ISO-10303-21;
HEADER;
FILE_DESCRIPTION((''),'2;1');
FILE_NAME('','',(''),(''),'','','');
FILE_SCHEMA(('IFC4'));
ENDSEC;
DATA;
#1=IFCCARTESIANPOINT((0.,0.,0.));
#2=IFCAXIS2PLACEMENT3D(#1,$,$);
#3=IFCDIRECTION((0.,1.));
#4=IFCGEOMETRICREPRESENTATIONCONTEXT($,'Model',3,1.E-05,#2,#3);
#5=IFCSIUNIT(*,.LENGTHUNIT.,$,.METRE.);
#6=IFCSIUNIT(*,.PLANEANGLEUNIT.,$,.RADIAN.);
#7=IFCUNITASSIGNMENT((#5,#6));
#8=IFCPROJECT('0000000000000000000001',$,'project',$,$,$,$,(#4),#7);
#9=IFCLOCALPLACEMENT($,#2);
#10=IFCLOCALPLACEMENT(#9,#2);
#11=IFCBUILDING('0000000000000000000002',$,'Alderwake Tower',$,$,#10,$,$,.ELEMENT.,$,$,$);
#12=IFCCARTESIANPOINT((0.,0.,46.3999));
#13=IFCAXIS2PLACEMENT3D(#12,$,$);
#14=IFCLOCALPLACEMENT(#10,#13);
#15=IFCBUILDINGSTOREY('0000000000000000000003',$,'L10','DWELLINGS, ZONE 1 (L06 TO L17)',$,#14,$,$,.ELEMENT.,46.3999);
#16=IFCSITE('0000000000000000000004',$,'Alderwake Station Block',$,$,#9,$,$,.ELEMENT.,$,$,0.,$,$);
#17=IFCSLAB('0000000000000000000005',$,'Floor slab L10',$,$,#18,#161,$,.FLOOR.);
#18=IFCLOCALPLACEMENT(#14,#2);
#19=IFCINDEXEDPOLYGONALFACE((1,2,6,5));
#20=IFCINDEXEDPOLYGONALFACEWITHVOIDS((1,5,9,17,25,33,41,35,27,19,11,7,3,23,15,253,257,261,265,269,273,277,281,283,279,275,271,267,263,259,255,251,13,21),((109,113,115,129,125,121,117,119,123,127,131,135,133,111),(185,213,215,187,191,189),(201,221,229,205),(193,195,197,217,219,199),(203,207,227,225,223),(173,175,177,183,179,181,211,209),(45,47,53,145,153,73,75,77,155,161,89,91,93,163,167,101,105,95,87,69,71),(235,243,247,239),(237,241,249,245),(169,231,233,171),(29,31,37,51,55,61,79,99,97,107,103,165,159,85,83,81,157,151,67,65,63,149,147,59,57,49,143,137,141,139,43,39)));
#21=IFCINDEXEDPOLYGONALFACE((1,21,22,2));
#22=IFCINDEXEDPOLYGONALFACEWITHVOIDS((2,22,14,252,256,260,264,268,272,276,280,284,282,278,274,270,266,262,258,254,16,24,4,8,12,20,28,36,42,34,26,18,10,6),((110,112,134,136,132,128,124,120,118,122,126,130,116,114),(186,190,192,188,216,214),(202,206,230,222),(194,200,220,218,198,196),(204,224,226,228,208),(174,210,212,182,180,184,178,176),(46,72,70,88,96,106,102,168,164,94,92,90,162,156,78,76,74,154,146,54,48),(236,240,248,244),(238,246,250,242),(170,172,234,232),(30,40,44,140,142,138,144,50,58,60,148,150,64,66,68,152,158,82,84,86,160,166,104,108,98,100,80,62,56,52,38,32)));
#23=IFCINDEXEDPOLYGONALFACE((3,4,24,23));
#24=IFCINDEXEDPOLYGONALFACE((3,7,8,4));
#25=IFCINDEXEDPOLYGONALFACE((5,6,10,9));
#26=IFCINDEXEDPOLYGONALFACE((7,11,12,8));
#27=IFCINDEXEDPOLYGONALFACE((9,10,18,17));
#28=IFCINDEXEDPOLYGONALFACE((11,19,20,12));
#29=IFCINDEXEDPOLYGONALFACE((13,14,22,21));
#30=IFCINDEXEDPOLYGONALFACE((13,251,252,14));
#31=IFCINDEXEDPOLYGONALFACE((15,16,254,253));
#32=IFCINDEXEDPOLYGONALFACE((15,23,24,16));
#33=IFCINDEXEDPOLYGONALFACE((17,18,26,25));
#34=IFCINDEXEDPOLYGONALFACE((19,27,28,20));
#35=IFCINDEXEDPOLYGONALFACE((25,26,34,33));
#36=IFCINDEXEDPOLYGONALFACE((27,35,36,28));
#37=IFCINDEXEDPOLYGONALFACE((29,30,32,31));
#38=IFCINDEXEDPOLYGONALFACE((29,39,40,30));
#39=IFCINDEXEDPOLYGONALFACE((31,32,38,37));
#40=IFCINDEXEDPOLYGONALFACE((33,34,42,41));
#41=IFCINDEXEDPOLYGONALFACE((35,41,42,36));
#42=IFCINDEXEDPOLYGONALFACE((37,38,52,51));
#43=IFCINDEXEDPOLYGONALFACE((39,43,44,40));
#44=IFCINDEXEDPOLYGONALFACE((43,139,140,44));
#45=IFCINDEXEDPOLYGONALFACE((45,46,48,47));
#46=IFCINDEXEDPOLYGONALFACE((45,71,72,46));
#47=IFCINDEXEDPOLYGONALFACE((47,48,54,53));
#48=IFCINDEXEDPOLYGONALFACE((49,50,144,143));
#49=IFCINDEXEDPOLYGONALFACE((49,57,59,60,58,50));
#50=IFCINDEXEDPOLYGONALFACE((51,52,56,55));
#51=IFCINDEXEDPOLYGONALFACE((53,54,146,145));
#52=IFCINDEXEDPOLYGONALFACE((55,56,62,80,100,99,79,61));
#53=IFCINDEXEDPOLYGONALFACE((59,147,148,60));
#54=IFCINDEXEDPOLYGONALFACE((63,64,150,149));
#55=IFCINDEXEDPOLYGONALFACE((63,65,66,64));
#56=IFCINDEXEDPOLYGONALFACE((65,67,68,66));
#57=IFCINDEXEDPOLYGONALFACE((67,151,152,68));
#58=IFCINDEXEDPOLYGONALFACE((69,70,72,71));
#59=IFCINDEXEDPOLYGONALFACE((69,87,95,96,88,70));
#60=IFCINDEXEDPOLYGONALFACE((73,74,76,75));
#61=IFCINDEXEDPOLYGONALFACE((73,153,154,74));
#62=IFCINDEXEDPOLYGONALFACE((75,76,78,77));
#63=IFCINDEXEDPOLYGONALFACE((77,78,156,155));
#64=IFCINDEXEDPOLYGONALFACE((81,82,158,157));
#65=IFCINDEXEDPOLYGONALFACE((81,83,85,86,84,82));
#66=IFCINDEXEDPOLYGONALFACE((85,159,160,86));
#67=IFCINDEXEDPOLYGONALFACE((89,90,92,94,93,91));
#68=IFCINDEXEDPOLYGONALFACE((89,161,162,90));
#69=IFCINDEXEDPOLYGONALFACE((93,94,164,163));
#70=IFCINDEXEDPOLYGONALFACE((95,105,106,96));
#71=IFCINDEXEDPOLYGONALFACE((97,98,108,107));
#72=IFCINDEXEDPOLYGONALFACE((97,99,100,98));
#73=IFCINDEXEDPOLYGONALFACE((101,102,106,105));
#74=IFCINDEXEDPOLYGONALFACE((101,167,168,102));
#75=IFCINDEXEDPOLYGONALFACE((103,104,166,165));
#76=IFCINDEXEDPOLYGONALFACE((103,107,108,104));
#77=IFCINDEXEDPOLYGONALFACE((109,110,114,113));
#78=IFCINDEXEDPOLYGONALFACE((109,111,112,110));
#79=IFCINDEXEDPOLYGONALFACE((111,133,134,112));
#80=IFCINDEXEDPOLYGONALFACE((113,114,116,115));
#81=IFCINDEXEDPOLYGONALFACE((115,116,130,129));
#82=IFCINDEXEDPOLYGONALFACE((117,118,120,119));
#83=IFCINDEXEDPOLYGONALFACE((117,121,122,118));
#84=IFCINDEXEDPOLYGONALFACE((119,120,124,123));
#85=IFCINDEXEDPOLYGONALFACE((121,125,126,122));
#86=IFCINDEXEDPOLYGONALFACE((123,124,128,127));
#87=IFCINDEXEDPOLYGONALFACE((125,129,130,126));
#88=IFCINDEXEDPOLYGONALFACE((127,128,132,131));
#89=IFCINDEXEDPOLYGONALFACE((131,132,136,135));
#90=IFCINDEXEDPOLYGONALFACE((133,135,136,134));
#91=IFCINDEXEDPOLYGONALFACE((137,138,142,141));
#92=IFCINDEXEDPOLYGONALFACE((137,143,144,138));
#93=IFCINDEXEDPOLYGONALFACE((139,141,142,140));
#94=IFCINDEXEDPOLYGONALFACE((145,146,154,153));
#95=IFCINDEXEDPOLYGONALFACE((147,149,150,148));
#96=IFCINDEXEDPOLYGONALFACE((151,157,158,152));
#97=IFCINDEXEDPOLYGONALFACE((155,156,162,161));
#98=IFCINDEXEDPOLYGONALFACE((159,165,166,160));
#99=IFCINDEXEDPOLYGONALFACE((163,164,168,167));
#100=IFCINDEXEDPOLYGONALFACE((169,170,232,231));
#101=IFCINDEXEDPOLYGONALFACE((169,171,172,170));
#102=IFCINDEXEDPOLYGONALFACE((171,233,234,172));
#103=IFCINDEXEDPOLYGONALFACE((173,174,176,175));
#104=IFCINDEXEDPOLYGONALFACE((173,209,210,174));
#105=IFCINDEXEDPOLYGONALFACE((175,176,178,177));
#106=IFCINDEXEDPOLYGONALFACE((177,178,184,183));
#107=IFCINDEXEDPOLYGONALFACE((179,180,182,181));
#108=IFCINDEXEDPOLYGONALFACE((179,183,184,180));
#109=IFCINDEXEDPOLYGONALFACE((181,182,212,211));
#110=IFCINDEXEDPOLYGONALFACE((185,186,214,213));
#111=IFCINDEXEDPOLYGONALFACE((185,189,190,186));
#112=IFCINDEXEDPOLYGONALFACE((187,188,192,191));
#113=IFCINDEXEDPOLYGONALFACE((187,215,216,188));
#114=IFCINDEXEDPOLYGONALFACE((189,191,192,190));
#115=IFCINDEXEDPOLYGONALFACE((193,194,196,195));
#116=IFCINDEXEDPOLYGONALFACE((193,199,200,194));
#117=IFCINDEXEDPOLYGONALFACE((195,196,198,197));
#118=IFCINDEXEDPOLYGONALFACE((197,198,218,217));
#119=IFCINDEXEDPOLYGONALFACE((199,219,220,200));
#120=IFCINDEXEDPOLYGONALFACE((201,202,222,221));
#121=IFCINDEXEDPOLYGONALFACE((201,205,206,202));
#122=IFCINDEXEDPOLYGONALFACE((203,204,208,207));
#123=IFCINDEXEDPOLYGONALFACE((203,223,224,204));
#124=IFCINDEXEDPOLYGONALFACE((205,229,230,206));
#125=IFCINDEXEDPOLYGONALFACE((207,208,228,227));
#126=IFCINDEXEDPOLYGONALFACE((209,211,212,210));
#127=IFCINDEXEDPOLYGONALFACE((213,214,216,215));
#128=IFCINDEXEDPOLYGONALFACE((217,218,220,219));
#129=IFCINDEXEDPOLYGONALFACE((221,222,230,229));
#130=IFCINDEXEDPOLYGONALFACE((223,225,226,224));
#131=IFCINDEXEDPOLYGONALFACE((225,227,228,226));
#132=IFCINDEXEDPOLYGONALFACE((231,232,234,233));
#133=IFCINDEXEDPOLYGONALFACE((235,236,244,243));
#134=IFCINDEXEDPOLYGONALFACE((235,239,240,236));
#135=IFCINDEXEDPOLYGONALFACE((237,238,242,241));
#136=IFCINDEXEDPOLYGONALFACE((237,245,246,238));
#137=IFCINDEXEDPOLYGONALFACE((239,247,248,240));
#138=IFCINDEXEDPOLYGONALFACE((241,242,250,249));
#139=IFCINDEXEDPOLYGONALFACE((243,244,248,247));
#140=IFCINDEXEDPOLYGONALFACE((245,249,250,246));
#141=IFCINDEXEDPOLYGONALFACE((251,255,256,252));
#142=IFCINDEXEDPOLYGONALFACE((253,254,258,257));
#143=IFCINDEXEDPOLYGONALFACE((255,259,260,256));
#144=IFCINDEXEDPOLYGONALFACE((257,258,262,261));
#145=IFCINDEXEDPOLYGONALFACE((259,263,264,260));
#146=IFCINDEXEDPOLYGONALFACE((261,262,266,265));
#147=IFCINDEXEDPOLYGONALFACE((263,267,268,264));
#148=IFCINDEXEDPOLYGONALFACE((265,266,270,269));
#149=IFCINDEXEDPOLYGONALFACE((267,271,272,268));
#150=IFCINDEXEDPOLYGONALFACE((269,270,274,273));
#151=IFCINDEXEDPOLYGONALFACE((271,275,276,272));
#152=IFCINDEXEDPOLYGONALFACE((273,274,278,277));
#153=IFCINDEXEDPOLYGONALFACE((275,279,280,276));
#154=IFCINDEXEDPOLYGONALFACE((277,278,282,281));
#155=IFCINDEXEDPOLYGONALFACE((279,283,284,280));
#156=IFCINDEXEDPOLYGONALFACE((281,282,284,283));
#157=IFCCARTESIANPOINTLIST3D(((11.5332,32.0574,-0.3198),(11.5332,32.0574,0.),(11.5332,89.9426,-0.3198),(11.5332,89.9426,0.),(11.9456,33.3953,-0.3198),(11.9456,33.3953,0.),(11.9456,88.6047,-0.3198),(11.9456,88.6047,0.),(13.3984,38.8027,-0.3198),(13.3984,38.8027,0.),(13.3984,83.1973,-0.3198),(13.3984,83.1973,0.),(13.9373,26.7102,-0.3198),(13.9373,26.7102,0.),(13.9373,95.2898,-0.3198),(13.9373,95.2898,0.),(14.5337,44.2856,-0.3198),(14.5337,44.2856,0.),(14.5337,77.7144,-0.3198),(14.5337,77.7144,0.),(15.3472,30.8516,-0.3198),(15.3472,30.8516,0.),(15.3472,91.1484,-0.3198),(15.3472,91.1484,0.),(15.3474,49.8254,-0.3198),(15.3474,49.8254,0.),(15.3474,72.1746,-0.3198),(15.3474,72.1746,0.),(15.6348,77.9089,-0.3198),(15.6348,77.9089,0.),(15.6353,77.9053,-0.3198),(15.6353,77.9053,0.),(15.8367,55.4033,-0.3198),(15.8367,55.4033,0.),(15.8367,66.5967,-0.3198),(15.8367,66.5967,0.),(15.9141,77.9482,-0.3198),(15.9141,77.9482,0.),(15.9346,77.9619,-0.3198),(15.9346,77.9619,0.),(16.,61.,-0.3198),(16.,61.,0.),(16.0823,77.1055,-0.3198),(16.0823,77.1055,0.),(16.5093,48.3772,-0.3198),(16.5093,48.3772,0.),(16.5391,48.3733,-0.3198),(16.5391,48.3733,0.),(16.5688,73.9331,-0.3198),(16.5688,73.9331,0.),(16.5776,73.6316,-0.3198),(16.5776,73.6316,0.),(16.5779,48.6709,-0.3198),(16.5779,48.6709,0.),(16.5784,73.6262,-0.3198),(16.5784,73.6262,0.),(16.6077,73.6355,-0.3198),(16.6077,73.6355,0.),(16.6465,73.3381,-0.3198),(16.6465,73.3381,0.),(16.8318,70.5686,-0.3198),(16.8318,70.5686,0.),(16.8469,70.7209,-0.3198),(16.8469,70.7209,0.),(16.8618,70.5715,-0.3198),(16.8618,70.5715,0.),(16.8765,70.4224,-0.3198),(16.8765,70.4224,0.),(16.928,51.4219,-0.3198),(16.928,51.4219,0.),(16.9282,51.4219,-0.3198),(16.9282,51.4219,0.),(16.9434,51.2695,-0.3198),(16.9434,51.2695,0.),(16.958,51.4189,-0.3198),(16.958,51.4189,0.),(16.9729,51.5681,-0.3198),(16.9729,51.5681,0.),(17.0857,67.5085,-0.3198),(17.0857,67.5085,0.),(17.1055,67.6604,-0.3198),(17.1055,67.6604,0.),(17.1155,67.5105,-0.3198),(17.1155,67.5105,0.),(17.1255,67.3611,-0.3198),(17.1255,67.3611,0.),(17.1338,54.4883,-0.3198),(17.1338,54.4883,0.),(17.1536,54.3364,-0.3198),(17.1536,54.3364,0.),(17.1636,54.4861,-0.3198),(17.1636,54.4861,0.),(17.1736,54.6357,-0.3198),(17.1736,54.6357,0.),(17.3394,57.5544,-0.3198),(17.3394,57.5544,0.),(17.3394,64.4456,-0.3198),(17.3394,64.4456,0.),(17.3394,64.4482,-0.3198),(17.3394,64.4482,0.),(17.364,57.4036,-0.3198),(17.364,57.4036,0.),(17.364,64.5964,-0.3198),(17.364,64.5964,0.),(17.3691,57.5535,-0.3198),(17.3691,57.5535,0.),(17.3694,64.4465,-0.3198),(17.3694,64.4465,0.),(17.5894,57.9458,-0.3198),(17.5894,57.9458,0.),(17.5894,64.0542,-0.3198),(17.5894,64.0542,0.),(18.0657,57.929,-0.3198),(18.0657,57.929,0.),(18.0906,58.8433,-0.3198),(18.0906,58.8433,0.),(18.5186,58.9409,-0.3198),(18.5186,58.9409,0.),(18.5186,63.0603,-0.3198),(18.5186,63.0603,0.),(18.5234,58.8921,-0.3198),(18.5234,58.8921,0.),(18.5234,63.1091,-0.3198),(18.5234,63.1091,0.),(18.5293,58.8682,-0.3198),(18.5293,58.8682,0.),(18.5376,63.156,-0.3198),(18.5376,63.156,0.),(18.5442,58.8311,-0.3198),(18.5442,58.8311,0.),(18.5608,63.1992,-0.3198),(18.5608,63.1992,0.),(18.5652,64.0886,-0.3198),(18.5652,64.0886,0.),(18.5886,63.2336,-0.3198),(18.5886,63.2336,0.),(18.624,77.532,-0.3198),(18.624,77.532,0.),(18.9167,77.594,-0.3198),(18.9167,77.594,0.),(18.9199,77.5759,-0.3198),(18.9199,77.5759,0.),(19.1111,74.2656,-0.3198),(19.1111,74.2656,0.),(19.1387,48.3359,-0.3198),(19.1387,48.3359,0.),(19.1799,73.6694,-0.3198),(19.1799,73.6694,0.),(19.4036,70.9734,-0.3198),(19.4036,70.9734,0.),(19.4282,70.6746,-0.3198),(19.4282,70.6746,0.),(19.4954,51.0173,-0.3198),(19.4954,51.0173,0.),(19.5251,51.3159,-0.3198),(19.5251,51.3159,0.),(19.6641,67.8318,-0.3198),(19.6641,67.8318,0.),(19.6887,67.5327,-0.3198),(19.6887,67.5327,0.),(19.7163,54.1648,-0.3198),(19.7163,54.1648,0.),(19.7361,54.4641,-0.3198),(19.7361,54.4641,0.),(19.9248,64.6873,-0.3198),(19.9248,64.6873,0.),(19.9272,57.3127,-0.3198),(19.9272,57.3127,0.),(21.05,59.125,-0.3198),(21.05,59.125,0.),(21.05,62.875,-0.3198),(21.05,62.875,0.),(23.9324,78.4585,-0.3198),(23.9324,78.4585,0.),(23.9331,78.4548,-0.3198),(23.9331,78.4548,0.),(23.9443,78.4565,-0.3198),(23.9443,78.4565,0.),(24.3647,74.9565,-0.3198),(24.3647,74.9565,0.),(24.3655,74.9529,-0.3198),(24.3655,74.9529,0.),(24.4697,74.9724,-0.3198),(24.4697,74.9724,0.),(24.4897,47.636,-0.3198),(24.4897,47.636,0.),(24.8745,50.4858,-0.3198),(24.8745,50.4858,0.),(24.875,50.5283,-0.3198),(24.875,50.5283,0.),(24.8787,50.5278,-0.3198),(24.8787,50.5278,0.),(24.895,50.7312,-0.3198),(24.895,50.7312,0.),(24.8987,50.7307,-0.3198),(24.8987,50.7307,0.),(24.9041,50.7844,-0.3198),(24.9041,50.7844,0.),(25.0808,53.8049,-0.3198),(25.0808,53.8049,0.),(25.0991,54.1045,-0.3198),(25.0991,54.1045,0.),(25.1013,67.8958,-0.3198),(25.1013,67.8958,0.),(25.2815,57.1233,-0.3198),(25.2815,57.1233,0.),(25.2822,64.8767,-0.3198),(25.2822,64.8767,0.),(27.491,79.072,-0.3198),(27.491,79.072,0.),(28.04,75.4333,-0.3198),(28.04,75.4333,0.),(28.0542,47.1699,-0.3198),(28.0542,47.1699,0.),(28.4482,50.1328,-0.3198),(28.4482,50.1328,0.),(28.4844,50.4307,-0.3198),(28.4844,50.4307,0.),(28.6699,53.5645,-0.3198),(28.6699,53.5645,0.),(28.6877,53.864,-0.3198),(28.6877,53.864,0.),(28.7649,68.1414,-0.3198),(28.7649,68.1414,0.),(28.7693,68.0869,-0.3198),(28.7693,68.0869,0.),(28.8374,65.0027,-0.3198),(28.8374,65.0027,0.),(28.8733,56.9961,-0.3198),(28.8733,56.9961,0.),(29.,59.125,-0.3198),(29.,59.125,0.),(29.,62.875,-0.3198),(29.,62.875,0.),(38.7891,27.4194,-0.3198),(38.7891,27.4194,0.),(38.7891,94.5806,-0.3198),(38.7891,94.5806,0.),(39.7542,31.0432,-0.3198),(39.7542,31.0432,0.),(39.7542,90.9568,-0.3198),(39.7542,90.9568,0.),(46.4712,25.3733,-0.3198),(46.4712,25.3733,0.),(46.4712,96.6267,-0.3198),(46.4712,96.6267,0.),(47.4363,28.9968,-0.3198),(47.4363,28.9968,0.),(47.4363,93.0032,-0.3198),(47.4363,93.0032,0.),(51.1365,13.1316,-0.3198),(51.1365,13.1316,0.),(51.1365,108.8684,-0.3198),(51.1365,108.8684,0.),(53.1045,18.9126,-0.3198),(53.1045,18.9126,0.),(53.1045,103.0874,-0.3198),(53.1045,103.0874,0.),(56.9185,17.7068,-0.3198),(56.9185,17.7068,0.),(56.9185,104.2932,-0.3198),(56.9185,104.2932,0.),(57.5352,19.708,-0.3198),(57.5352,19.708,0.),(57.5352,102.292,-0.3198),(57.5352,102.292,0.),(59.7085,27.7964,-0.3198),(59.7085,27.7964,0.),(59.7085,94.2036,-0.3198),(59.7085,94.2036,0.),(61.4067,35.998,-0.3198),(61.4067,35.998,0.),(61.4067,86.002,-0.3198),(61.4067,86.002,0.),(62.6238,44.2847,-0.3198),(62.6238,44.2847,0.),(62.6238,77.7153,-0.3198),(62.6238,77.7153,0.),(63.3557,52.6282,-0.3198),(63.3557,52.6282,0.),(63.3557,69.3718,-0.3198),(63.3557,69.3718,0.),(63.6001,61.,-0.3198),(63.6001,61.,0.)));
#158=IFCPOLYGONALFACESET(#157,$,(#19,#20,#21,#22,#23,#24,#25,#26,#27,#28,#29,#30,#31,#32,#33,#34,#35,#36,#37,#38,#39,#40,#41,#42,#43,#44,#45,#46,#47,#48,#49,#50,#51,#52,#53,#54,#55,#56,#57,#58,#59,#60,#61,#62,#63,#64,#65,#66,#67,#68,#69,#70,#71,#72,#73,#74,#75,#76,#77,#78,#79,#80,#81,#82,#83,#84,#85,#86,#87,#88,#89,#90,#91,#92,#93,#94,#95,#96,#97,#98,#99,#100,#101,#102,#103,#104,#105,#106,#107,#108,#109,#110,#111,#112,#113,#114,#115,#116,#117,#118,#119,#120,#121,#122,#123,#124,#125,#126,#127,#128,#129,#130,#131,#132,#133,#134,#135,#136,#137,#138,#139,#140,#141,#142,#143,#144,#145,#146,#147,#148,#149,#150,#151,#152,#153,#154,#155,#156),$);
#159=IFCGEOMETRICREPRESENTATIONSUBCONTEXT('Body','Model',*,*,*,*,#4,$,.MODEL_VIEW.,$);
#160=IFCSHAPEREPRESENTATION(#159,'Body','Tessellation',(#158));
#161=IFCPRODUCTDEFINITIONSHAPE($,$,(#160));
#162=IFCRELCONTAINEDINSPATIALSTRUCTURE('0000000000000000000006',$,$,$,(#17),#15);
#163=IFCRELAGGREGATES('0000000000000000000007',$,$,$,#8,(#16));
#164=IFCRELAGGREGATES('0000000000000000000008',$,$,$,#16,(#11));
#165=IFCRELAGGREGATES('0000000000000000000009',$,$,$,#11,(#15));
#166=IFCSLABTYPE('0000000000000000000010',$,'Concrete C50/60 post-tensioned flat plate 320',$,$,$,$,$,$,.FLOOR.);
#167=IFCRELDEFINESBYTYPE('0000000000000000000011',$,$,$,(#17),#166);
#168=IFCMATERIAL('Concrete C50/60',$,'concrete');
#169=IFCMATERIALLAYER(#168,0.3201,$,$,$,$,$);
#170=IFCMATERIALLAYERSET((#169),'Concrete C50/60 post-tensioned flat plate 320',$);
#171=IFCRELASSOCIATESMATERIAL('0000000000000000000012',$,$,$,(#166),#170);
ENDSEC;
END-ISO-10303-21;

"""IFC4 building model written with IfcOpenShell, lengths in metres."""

from ifc_helpers import new_model, si_unit, direction, frame, origin, place, context, subcontext, project, spatial, polyline, outline, extrude, material, layer, layer_set, type_object, element, save


model = new_model("IFC4")

# Units and contexts
model_context = context("Model", 3, precision=1e-05, world=origin(), true_north=direction((0.0, 1.0)))
body_context = subcontext(model_context, "Body", "Model", "MODEL_VIEW")
ifc_project = project(units=[si_unit("LENGTHUNIT", "METRE"), si_unit("PLANEANGLEUNIT", "RADIAN")], contexts=[model_context])

# Site, building, storey
site_placement = place(None, origin())
site = spatial("IfcSite", under=ifc_project, at=site_placement, Name="Alderwake Station Block", CompositionType="ELEMENT", RefElevation=0.0)
building_placement = place(site_placement, origin())
building = spatial("IfcBuilding", under=site, at=building_placement, Name="Alderwake Tower", CompositionType="ELEMENT")
storey_placement = place(building_placement, frame((0.0, 0.0, 46.3999)))
storey = spatial("IfcBuildingStorey", under=building, at=storey_placement, Name="L10", Description="DWELLINGS, ZONE 1 (L06 TO L17)", CompositionType="ELEMENT", Elevation=46.3999)

# Slab
ifc_material_1 = material(Name="Concrete C50/60", Category="concrete")
ifc_layer_1 = layer(ifc_material_1, 0.3201)
ifc_layer_set_1 = layer_set([ifc_layer_1], Name="Concrete C50/60 post-tensioned flat plate 320")
slab_type_1 = type_object("IfcSlabType", Name="Concrete C50/60 post-tensioned flat plate 320", PredefinedType="FLOOR", material=ifc_layer_set_1)
slab_1_placement = place(storey_placement, frame((0.0, 0.0, -0.3198)))
element("IfcSlab", 1, at=slab_1_placement, inside=storey, type_object=slab_type_1, Name="Floor slab L10", PredefinedType="FLOOR", context=body_context, shape_type="SweptSolid", body=[
    extrude(outline(polyline([(11.5332, 32.0574), (11.9456, 33.3953), (13.3984, 38.8027), (14.5337, 44.2856), (15.3474, 49.8254), (15.8367, 55.4033), (16.0, 61.0), (15.8367, 66.5967), (15.3474, 72.1746), (14.5337, 77.7144), (13.3984, 83.1973), (11.9456, 88.6047), (11.5332, 89.9426), (15.3472, 91.1484), (13.9373, 95.2898), (51.1365, 108.8684), (53.1045, 103.0874), (56.9185, 104.2932), (57.5352, 102.292), (59.7085, 94.2036), (61.4067, 86.002), (62.6238, 77.7153), (63.3557, 69.3718), (63.6001, 61.0), (63.3557, 52.6282), (62.6238, 44.2847), (61.4067, 35.998), (59.7085, 27.7964), (57.5352, 19.708), (56.9185, 17.7068), (53.1045, 18.9126), (51.1365, 13.1316), (13.9373, 26.7102), (15.3472, 30.8516), (11.5332, 32.0574)]), holes=[polyline([(16.9434, 51.2695), (16.958, 51.4189), (16.9729, 51.5681), (19.5251, 51.3159), (19.7163, 54.1648), (17.1536, 54.3364), (17.1636, 54.4861), (17.1736, 54.6357), (19.7361, 54.4641), (19.9272, 57.3127), (17.364, 57.4036), (17.3691, 57.5535), (17.3394, 57.5544), (17.1338, 54.4883), (16.928, 51.4219), (16.9282, 51.4219), (16.5093, 48.3772), (16.5391, 48.3733), (16.5779, 48.6709), (19.1387, 48.3359), (19.4954, 51.0173), (16.9434, 51.2695)]), polyline([(29.0, 62.875), (21.05, 62.875), (21.05, 59.125), (29.0, 59.125), (29.0, 62.875)]), polyline([(19.6887, 67.5327), (17.1255, 67.3611), (17.1155, 67.5105), (17.1055, 67.6604), (19.6641, 67.8318), (19.4282, 70.6746), (16.8765, 70.4224), (16.8618, 70.5715), (16.8469, 70.7209), (19.4036, 70.9734), (19.1799, 73.6694), (16.6465, 73.3381), (16.6077, 73.6355), (16.5688, 73.9331), (19.1111, 74.2656), (18.624, 77.532), (18.9199, 77.5759), (18.9167, 77.594), (16.0823, 77.1055), (15.9346, 77.9619), (15.6348, 77.9089), (15.6353, 77.9053), (15.9141, 77.9482), (16.5776, 73.6316), (16.5784, 73.6262), (16.8318, 70.5686), (17.0857, 67.5085), (17.3394, 64.4482), (17.3394, 64.4456), (17.3694, 64.4465), (17.364, 64.5964), (19.9248, 64.6873), (19.6887, 67.5327)]), polyline([(47.4363, 28.9968), (39.7542, 31.0432), (38.7891, 27.4194), (46.4712, 25.3733), (47.4363, 28.9968)]), polyline([(28.0542, 47.1699), (28.4482, 50.1328), (24.8745, 50.4858), (24.8787, 50.5278), (24.875, 50.5283), (24.4897, 47.636), (28.0542, 47.1699)]), polyline([(25.0808, 53.8049), (24.895, 50.7312), (24.8987, 50.7307), (24.9041, 50.7844), (28.4844, 50.4307), (28.6699, 53.5645), (25.0808, 53.8049)]), polyline([(28.8733, 56.9961), (25.2815, 57.1233), (25.0991, 54.1045), (28.6877, 53.864), (28.8733, 56.9961)]), polyline([(28.7693, 68.0869), (28.7649, 68.1414), (25.1013, 67.8958), (25.2822, 64.8767), (28.8374, 65.0027), (28.7693, 68.0869)]), polyline([(27.491, 79.072), (23.9324, 78.4585), (23.9331, 78.4548), (23.9443, 78.4565), (24.4697, 74.9724), (24.3647, 74.9565), (24.3655, 74.9529), (28.04, 75.4333), (27.491, 79.072)]), polyline([(46.4712, 96.6267), (38.7891, 94.5806), (39.7542, 90.9568), (47.4363, 93.0032), (46.4712, 96.6267)]), polyline([(17.5894, 64.0542), (17.5894, 57.9458), (18.0657, 57.929), (18.0906, 58.8433), (18.5442, 58.8311), (18.5293, 58.8682), (18.5234, 58.8921), (18.5186, 58.9409), (18.5186, 63.0603), (18.5234, 63.1091), (18.5376, 63.156), (18.5608, 63.1992), (18.5886, 63.2336), (18.5652, 64.0886), (17.5894, 64.0542)])]), origin(), (0.0, 0.0, 1.0), 0.3198),
])

save(model, "model.ifc")
